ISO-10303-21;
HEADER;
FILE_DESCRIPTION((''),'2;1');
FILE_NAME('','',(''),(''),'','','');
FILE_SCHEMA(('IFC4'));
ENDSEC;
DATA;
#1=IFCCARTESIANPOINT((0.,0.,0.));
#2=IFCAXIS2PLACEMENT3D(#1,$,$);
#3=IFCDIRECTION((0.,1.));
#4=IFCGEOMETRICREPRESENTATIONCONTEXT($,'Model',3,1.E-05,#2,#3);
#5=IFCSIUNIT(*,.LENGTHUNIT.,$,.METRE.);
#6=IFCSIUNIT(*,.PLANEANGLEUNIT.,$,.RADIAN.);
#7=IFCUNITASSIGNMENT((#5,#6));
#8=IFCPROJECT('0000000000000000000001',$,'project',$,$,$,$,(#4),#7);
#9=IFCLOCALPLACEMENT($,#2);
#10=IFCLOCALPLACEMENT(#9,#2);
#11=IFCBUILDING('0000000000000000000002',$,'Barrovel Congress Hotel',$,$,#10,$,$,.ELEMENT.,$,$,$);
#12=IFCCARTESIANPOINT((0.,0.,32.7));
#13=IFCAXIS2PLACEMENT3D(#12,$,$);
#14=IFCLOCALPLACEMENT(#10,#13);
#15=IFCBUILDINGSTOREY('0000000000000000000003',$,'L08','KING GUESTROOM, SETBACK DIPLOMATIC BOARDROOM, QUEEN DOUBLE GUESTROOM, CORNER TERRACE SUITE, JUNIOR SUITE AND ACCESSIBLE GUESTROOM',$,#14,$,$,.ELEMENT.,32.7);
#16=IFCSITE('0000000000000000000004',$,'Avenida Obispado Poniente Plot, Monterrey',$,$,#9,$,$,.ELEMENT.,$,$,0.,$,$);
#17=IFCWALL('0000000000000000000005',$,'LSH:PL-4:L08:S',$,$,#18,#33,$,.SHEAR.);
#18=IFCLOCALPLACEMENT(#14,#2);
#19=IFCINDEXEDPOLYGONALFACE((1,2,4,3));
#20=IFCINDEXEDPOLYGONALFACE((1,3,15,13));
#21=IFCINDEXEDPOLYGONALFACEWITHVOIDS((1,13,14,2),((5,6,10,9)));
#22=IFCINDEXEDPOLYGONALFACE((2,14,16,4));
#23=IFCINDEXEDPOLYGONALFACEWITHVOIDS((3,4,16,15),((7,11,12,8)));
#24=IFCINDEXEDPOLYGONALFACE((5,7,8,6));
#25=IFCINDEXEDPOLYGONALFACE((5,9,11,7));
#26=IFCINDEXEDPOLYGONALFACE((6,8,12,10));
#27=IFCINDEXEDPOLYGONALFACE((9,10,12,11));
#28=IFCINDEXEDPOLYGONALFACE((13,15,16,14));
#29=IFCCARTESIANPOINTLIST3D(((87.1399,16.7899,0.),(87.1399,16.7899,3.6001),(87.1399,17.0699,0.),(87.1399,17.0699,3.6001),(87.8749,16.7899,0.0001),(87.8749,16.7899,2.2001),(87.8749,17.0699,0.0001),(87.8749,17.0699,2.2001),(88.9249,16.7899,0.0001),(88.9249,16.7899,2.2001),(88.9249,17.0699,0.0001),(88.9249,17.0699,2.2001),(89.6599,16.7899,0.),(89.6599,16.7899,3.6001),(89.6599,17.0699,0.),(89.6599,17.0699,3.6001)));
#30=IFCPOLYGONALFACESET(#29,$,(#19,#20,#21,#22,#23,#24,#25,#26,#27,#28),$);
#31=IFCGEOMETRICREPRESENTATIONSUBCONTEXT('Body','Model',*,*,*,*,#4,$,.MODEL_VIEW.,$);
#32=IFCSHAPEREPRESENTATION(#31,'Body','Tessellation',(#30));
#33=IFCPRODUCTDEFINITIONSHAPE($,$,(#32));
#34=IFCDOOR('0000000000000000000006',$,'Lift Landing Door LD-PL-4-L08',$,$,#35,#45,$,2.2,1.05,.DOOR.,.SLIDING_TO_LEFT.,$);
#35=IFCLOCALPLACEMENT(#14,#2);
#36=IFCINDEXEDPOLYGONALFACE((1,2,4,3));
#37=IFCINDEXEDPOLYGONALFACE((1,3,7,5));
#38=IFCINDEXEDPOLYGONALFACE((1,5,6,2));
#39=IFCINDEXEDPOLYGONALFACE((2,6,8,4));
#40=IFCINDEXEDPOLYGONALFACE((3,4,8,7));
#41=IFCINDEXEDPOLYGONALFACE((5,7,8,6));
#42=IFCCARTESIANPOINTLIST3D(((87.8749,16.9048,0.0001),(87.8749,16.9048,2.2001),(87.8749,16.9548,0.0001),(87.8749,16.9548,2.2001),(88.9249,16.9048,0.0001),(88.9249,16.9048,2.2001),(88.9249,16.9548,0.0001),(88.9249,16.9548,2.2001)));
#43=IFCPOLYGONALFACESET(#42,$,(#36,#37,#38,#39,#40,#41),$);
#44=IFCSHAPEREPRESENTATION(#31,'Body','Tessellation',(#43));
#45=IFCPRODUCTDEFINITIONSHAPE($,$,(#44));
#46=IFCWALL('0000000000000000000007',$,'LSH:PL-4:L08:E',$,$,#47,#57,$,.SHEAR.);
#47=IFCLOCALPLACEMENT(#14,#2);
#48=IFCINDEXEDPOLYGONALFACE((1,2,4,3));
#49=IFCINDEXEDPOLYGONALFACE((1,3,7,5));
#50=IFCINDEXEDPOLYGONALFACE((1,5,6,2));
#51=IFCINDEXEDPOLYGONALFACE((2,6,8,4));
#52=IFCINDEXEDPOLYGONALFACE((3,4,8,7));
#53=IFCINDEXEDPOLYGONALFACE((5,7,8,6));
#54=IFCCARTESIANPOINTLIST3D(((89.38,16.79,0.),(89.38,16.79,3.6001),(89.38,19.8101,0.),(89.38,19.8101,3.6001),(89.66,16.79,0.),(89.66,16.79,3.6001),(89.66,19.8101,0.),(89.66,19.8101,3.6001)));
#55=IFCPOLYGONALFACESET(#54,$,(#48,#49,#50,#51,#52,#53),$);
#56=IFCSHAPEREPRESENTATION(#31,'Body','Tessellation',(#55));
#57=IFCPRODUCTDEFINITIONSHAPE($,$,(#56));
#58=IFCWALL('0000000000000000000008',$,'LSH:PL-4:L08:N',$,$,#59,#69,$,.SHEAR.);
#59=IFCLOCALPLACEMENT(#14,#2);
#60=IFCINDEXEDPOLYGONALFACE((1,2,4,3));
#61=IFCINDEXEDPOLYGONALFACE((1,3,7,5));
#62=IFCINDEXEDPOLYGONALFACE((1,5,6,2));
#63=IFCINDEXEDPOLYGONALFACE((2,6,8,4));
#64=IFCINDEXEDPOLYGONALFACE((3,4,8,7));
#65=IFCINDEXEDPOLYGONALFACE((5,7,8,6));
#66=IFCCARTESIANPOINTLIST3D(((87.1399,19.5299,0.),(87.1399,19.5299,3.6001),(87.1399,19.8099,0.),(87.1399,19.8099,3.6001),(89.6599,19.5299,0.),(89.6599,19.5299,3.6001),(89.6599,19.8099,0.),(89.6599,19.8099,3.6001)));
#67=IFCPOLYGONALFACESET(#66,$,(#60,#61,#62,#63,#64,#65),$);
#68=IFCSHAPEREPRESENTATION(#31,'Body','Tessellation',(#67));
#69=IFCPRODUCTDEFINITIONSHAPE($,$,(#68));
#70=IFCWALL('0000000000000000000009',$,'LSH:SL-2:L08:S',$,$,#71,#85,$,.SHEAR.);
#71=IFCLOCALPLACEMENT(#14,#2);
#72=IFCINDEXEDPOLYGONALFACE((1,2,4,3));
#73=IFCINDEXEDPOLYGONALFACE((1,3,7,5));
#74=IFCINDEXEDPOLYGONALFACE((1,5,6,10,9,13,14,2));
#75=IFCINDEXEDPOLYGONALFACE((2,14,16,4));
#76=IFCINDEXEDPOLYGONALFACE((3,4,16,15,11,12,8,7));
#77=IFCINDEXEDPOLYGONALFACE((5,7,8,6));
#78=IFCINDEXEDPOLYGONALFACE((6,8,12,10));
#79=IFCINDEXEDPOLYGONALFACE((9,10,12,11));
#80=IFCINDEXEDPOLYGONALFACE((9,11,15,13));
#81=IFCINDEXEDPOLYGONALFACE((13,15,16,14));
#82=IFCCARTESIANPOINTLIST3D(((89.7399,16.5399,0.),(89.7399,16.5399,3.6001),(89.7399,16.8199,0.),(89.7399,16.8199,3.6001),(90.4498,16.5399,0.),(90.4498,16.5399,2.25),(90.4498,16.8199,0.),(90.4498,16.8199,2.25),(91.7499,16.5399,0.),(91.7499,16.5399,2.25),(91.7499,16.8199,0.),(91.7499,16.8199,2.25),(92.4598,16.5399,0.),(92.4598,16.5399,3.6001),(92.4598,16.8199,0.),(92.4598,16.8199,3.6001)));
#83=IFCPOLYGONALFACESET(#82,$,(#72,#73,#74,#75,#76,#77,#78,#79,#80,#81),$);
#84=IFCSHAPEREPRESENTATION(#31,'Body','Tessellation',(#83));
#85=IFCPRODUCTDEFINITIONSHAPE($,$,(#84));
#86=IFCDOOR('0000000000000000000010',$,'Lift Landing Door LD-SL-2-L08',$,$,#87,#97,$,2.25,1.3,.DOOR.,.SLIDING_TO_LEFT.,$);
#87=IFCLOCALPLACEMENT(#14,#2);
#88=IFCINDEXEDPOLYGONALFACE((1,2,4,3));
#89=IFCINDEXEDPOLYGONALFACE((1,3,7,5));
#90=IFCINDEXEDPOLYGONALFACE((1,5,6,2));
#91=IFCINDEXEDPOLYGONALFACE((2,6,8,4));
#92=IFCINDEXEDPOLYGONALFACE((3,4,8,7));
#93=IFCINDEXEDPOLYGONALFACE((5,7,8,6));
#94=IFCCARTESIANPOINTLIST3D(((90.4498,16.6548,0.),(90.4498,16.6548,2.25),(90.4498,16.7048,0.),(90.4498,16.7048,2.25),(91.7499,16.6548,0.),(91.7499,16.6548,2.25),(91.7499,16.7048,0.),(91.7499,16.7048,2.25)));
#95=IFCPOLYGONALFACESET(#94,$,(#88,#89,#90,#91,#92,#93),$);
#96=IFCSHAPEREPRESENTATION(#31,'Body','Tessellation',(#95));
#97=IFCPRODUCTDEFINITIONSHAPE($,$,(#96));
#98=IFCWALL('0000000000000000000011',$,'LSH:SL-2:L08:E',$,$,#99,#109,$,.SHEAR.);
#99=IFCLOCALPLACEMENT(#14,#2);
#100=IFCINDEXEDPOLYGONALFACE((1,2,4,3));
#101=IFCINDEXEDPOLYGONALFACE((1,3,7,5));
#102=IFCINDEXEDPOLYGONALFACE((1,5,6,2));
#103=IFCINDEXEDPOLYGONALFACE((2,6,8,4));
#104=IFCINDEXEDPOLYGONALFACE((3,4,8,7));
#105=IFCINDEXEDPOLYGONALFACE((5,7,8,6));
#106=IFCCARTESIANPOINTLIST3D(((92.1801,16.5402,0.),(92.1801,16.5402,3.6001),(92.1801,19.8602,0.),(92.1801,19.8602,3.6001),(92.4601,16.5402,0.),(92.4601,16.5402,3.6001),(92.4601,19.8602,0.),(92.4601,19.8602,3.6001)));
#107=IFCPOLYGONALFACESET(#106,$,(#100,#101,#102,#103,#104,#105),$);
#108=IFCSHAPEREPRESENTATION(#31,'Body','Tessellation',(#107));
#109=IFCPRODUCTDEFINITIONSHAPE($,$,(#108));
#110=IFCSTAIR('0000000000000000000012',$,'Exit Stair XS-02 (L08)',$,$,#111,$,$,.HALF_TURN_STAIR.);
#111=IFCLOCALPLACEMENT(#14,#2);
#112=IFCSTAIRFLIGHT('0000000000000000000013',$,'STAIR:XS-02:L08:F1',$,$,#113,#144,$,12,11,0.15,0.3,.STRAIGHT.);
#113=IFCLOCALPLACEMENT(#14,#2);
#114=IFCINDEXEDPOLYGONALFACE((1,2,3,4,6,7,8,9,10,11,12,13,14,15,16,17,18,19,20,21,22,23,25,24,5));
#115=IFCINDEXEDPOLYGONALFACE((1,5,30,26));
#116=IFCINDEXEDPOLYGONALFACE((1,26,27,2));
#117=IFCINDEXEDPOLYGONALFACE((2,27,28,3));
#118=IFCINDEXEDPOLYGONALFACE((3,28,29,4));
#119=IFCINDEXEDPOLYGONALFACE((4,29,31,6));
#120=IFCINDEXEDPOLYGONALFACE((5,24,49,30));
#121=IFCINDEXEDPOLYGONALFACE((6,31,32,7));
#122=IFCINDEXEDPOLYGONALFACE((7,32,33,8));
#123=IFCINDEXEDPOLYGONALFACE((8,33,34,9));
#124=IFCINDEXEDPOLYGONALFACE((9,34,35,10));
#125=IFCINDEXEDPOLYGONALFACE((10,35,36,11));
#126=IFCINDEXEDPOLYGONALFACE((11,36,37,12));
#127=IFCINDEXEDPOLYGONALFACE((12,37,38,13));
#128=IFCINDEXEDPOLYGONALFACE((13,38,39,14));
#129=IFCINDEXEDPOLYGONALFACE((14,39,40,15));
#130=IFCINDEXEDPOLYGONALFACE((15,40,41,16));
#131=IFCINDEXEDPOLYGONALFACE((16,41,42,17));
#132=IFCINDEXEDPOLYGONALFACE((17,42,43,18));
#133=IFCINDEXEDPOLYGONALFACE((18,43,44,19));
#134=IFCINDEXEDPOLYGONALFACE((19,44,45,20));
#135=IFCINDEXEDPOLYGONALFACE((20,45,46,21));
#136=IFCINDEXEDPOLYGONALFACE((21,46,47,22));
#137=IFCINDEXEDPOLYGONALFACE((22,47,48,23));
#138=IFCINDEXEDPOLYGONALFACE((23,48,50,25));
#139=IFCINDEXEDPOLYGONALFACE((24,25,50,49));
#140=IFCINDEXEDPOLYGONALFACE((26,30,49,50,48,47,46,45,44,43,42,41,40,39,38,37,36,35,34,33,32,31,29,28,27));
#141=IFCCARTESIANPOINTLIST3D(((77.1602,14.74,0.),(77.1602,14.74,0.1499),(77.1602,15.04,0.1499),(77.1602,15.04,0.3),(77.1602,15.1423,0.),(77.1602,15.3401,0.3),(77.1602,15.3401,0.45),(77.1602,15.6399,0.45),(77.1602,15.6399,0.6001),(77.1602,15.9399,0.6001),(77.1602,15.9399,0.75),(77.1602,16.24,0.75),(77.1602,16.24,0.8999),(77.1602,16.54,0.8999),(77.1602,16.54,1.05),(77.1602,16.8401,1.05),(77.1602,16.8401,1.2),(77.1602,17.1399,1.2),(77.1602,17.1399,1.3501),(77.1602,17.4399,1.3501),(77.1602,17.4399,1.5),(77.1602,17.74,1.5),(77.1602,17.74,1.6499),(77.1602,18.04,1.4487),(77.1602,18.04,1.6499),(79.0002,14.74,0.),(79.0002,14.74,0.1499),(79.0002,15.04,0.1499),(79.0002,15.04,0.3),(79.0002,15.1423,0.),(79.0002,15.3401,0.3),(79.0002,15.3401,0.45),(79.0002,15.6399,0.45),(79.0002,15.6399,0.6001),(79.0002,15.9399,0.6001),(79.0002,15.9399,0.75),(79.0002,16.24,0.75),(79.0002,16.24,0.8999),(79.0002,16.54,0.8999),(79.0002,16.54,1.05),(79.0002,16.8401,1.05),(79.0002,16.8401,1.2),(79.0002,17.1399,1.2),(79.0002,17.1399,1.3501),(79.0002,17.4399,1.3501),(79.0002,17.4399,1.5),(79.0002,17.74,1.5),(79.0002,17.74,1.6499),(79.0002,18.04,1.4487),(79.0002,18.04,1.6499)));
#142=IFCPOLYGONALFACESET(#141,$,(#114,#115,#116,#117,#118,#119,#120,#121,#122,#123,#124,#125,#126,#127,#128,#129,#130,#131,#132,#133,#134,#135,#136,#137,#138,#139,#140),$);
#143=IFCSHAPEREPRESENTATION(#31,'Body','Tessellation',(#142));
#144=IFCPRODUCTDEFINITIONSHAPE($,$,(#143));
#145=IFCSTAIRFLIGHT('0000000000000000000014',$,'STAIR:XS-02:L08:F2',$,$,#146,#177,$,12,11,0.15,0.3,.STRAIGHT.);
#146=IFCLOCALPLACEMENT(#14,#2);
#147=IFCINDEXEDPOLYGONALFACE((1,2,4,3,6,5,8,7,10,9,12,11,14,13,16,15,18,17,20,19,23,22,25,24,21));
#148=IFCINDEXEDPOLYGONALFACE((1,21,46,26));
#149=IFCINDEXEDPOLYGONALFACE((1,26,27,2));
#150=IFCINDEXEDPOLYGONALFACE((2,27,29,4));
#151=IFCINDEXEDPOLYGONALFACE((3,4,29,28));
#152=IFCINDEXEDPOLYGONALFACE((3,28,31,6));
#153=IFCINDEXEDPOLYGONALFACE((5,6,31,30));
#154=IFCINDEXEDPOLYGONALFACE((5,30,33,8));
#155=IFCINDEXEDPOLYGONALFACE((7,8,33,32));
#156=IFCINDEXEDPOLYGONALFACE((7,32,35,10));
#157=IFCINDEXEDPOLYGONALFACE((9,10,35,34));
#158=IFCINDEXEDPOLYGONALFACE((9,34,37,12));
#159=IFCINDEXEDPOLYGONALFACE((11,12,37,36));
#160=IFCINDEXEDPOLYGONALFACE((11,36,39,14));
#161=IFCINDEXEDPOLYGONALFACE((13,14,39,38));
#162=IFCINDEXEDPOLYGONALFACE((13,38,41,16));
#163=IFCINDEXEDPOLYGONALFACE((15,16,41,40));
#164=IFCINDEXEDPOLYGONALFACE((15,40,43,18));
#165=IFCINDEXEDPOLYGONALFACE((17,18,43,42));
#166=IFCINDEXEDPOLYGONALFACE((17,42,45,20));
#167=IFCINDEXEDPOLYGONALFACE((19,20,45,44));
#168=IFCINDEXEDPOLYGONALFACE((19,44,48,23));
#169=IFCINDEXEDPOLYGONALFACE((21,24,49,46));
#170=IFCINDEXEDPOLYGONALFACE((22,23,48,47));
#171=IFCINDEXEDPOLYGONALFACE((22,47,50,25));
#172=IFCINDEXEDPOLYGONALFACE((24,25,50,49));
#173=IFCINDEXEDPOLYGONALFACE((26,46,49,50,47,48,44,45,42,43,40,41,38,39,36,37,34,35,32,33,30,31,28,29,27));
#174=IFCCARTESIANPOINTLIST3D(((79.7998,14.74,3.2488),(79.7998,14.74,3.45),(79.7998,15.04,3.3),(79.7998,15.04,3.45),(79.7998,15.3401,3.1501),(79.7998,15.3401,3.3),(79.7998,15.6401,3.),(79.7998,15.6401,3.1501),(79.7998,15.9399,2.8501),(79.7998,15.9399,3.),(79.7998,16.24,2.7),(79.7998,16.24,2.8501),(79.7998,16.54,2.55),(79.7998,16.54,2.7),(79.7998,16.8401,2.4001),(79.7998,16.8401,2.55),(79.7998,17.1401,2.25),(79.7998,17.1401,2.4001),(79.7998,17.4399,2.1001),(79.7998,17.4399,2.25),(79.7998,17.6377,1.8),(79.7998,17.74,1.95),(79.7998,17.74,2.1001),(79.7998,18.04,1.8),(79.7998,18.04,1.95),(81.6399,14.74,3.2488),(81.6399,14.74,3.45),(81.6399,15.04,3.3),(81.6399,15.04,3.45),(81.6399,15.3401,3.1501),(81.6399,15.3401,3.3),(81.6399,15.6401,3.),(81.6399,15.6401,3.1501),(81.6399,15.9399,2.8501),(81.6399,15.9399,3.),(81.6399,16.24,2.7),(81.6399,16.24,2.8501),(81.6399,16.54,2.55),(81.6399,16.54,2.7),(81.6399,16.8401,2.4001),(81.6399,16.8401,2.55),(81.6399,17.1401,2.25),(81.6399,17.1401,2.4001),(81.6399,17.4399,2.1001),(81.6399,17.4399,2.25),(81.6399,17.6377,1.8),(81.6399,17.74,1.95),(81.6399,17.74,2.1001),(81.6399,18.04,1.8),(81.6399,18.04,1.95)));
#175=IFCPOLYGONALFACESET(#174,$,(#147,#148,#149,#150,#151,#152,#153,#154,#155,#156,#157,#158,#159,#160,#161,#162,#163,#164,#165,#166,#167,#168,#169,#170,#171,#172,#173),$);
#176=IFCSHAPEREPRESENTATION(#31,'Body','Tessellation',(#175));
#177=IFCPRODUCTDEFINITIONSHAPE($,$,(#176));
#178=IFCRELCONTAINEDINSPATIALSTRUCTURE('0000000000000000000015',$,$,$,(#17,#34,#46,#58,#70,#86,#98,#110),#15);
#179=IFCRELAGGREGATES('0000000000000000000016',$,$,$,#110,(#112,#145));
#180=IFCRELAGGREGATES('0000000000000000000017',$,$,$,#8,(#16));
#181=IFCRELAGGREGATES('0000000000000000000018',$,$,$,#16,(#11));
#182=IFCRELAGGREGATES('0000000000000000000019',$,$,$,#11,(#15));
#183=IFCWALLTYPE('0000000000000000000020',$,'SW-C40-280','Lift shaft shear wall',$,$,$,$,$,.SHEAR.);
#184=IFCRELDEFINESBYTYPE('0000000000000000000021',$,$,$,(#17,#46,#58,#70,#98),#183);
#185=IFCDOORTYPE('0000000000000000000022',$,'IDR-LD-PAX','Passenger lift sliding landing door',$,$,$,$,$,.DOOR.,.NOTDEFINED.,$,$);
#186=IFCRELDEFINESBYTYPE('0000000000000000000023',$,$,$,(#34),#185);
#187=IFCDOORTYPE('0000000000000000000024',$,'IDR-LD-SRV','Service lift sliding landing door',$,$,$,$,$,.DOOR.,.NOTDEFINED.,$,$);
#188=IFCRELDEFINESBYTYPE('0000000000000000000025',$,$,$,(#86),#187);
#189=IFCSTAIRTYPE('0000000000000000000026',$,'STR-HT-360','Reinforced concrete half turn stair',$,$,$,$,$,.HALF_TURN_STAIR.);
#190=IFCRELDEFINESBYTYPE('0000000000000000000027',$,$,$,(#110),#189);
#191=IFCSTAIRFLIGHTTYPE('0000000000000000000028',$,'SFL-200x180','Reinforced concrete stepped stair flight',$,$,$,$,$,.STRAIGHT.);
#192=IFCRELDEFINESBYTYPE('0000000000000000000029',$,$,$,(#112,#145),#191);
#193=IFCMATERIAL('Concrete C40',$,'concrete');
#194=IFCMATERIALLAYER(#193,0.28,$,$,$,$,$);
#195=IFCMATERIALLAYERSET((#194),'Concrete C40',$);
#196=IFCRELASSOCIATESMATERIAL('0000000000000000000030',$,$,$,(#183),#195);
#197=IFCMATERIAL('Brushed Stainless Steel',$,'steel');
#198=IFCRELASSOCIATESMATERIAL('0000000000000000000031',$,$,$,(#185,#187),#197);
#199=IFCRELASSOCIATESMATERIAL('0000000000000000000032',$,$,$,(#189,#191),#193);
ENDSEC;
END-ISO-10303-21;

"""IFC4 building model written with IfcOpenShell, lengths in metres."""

from ifc_helpers import new_model, si_unit, direction, frame, frame_2d, origin, place, context, subcontext, project, spatial, polyline, rectangle, outline, extrude, material, layer, layer_set, type_object, element, fill, aggregate, save


model = new_model("IFC4")

# Units and contexts
model_context = context("Model", 3, precision=1e-05, world=origin(), true_north=direction((0.0, 1.0)))
body_context = subcontext(model_context, "Body", "Model", "MODEL_VIEW")
ifc_project = project(units=[si_unit("LENGTHUNIT", "METRE"), si_unit("PLANEANGLEUNIT", "RADIAN")], contexts=[model_context])

# Site, building, storey
site_placement = place(None, origin())
site = spatial("IfcSite", under=ifc_project, at=site_placement, Name="Avenida Obispado Poniente Plot, Monterrey", CompositionType="ELEMENT", RefElevation=0.0)
building_placement = place(site_placement, origin())
building = spatial("IfcBuilding", under=site, at=building_placement, Name="Barrovel Congress Hotel", CompositionType="ELEMENT")
storey_placement = place(building_placement, frame((0.0, 0.0, 32.7)))
storey = spatial("IfcBuildingStorey", under=building, at=storey_placement, Name="L08", Description="KING GUESTROOM, SETBACK DIPLOMATIC BOARDROOM, QUEEN DOUBLE GUESTROOM, CORNER TERRACE SUITE, JUNIOR SUITE AND ACCESSIBLE GUESTROOM", CompositionType="ELEMENT", Elevation=32.7)

# Shared definitions
ifc_material_1 = material(Name="Concrete C40", Category="concrete")

# Shared definitions
ifc_layer_1 = layer(ifc_material_1, 0.28)
ifc_layer_set_1 = layer_set([ifc_layer_1], Name="Concrete C40")
wall_type_1 = type_object("IfcWallType", Name="SW-C40-280", Description="Lift shaft shear wall", PredefinedType="SHEAR", material=ifc_layer_set_1)

# Shared definitions
ifc_material_2 = material(Name="Brushed Stainless Steel", Category="steel")
door_type_1 = type_object("IfcDoorType", Name="IDR-LD-PAX", Description="Passenger lift sliding landing door", OperationType="NOTDEFINED", PredefinedType="DOOR", material=ifc_material_2)

# Wall, opening, door
wall_1_placement = place(storey_placement, frame((87.1399, 16.9299, 0.0), z_axis=(0.0, 0.0, 1.0), x_axis=(1.0, 0.0, 0.0)))
wall_1 = element("IfcWall", 1, at=wall_1_placement, inside=storey, type_object=wall_type_1, Name="LSH:PL-4:L08:S", PredefinedType="SHEAR", context=body_context, shape_type="SweptSolid", body=[
    extrude(rectangle(XDim=2.52, YDim=0.28, at=frame_2d((1.26, 0.0))), origin(), (0.0, 0.0, 1.0), 3.6001),
])
opening_1_placement = place(wall_1_placement, frame((0.7351, 0.0, 0.0)))
opening_1 = element("IfcOpeningElement", 2, at=opening_1_placement, cuts=wall_1, PredefinedType="OPENING", context=body_context, shape_type="SweptSolid", body=[
    extrude(rectangle(XDim=1.05, YDim=2.2, at=frame_2d((0.5249, 1.1001))), frame((0.0, 0.1499, 0.0), z_axis=(0.0, -1.0, 0.0), x_axis=(1.0, 0.0, 0.0)), (0.0, 0.0, 1.0), 0.3),
])
door_1_placement = place(opening_1_placement, origin())
door_1 = element("IfcDoor", 3, at=door_1_placement, inside=storey, type_object=door_type_1, Name="Lift Landing Door LD-PL-4-L08", OperationType="SLIDING_TO_LEFT", OverallHeight=2.2, OverallWidth=1.05, PredefinedType="DOOR", context=body_context, shape_type="SweptSolid", body=[
    extrude(rectangle(XDim=1.05, YDim=2.2, at=frame_2d((0.5249, 1.1001))), frame((0.0, 0.0249, 0.0), z_axis=(0.0, -1.0, 0.0), x_axis=(1.0, 0.0, 0.0)), (0.0, 0.0, 1.0), 0.05),
])
fill(opening_1, door_1)

# Walls
wall_2_placement = place(storey_placement, frame((89.52, 16.79, 0.0), z_axis=(0.0, 0.0, 1.0), x_axis=(0.0, 1.0, 0.0)))
element("IfcWall", 4, at=wall_2_placement, inside=storey, type_object=wall_type_1, Name="LSH:PL-4:L08:E", PredefinedType="SHEAR", context=body_context, shape_type="SweptSolid", body=[
    extrude(rectangle(XDim=3.02, YDim=0.28, at=frame_2d((1.51, 0.0))), origin(), (0.0, 0.0, 1.0), 3.6001),
])
wall_3_placement = place(storey_placement, frame((89.6599, 19.6699, 0.0), z_axis=(0.0, 0.0, 1.0), x_axis=(-1.0, 0.0, 0.0)))
element("IfcWall", 5, at=wall_3_placement, inside=storey, type_object=wall_type_1, Name="LSH:PL-4:L08:N", PredefinedType="SHEAR", context=body_context, shape_type="SweptSolid", body=[
    extrude(rectangle(XDim=2.52, YDim=0.28, at=frame_2d((1.26, 0.0))), origin(), (0.0, 0.0, 1.0), 3.6001),
])

# Wall, opening, door
wall_4_placement = place(storey_placement, frame((89.74, 16.6799, 0.0), z_axis=(0.0, 0.0, 1.0), x_axis=(1.0, 0.0, 0.0)))
wall_4 = element("IfcWall", 6, at=wall_4_placement, inside=storey, type_object=wall_type_1, Name="LSH:SL-2:L08:S", PredefinedType="SHEAR", context=body_context, shape_type="SweptSolid", body=[
    extrude(rectangle(XDim=2.72, YDim=0.28, at=frame_2d((1.3599, 0.0))), origin(), (0.0, 0.0, 1.0), 3.6001),
])
opening_2_placement = place(wall_4_placement, frame((0.71, 0.0, 0.0)))
opening_2 = element("IfcOpeningElement", 7, at=opening_2_placement, cuts=wall_4, PredefinedType="OPENING", context=body_context, shape_type="SweptSolid", body=[
    extrude(rectangle(XDim=1.3, YDim=2.25, at=frame_2d((0.6499, 1.125))), frame((0.0, 0.1499, 0.0), z_axis=(0.0, -1.0, 0.0), x_axis=(1.0, 0.0, 0.0)), (0.0, 0.0, 1.0), 0.3),
])
door_type_2 = type_object("IfcDoorType", Name="IDR-LD-SRV", Description="Service lift sliding landing door", OperationType="NOTDEFINED", PredefinedType="DOOR", material=ifc_material_2)
door_2_placement = place(opening_2_placement, origin())
door_2 = element("IfcDoor", 8, at=door_2_placement, inside=storey, type_object=door_type_2, Name="Lift Landing Door LD-SL-2-L08", OperationType="SLIDING_TO_LEFT", OverallHeight=2.25, OverallWidth=1.3, PredefinedType="DOOR", context=body_context, shape_type="SweptSolid", body=[
    extrude(rectangle(XDim=1.3, YDim=2.25, at=frame_2d((0.6499, 1.125))), frame((0.0, 0.0249, 0.0), z_axis=(0.0, -1.0, 0.0), x_axis=(1.0, 0.0, 0.0)), (0.0, 0.0, 1.0), 0.05),
])
fill(opening_2, door_2)

# Wall
wall_5_placement = place(storey_placement, frame((92.3201, 16.54, 0.0), z_axis=(0.0, 0.0, 1.0), x_axis=(0.0, 1.0, 0.0)))
element("IfcWall", 9, at=wall_5_placement, inside=storey, type_object=wall_type_1, Name="LSH:SL-2:L08:E", PredefinedType="SHEAR", context=body_context, shape_type="SweptSolid", body=[
    extrude(rectangle(XDim=3.3201, YDim=0.28, at=frame_2d((1.6602, 0.0))), origin(), (0.0, 0.0, 1.0), 3.6001),
])

# Stair, stair flights
stair_type = type_object("IfcStairType", Name="STR-HT-360", Description="Reinforced concrete half turn stair", PredefinedType="HALF_TURN_STAIR", material=ifc_material_1)
stair_placement = place(storey_placement, origin())
stair = element("IfcStair", 10, at=stair_placement, inside=storey, type_object=stair_type, Name="Exit Stair XS-02 (L08)", PredefinedType="HALF_TURN_STAIR")
stair_flight_type = type_object("IfcStairFlightType", Name="SFL-200x180", Description="Reinforced concrete stepped stair flight", PredefinedType="STRAIGHT", material=ifc_material_1)
stair_flight_1_placement = place(storey_placement, frame((78.0801, 14.74, 0.0), z_axis=(0.0, 0.0, 1.0), x_axis=(0.0, 1.0, 0.0)))
stair_flight_1 = element("IfcStairFlight", 11, at=stair_flight_1_placement, type_object=stair_flight_type, Name="STAIR:XS-02:L08:F1", NumberOfRisers=12, NumberOfTreads=11, PredefinedType="STRAIGHT", RiserHeight=0.15, TreadLength=0.3, context=body_context, shape_type="SweptSolid", body=[
    extrude(outline(polyline([(0.0, 0.0), (0.0, 0.1499), (0.3, 0.1499), (0.3, 0.3), (0.6001, 0.3), (0.6001, 0.45), (0.8999, 0.45), (0.8999, 0.6001), (1.2, 0.6001), (1.2, 0.75), (1.5, 0.75), (1.5, 0.8999), (1.8, 0.8999), (1.8, 1.05), (2.1001, 1.05), (2.1001, 1.2), (2.3999, 1.2), (2.3999, 1.3501), (2.7, 1.3501), (2.7, 1.5), (3.0, 1.5), (3.0, 1.6499), (3.3, 1.6499), (3.3, 1.8), (3.3, 1.4487), (0.4023, 0.0), (0.0, 0.0)])), frame((0.0, 0.9199, 0.0), z_axis=(0.0, -1.0, 0.0), x_axis=(1.0, 0.0, 0.0)), (0.0, 0.0, 1.0), 1.8401),
])
stair_flight_2_placement = place(storey_placement, frame((80.72, 18.04, 1.8), z_axis=(0.0, 0.0, 1.0), x_axis=(0.0, -1.0, 0.0)))
stair_flight_2 = element("IfcStairFlight", 12, at=stair_flight_2_placement, type_object=stair_flight_type, Name="STAIR:XS-02:L08:F2", NumberOfRisers=12, NumberOfTreads=11, PredefinedType="STRAIGHT", RiserHeight=0.15, TreadLength=0.3, context=body_context, shape_type="SweptSolid", body=[
    extrude(outline(polyline([(0.0, 0.0), (0.0, 0.1499), (0.3, 0.1499), (0.3, 0.3), (0.6001, 0.3), (0.6001, 0.45), (0.8999, 0.45), (0.8999, 0.6001), (1.2, 0.6001), (1.2, 0.75), (1.5, 0.75), (1.5, 0.8999), (1.8, 0.8999), (1.8, 1.05), (2.1001, 1.05), (2.1001, 1.2), (2.3999, 1.2), (2.3999, 1.3501), (2.7, 1.3501), (2.7, 1.5), (3.0, 1.5), (3.0, 1.6499), (3.3, 1.6499), (3.3, 1.8), (3.3, 1.4487), (0.4023, 0.0), (0.0, 0.0)])), frame((0.0, 0.9199, 0.0), z_axis=(0.0, -1.0, 0.0), x_axis=(1.0, 0.0, 0.0)), (0.0, 0.0, 1.0), 1.8401),
])
aggregate(stair, [stair_flight_1, stair_flight_2])

save(model, "model.ifc")
